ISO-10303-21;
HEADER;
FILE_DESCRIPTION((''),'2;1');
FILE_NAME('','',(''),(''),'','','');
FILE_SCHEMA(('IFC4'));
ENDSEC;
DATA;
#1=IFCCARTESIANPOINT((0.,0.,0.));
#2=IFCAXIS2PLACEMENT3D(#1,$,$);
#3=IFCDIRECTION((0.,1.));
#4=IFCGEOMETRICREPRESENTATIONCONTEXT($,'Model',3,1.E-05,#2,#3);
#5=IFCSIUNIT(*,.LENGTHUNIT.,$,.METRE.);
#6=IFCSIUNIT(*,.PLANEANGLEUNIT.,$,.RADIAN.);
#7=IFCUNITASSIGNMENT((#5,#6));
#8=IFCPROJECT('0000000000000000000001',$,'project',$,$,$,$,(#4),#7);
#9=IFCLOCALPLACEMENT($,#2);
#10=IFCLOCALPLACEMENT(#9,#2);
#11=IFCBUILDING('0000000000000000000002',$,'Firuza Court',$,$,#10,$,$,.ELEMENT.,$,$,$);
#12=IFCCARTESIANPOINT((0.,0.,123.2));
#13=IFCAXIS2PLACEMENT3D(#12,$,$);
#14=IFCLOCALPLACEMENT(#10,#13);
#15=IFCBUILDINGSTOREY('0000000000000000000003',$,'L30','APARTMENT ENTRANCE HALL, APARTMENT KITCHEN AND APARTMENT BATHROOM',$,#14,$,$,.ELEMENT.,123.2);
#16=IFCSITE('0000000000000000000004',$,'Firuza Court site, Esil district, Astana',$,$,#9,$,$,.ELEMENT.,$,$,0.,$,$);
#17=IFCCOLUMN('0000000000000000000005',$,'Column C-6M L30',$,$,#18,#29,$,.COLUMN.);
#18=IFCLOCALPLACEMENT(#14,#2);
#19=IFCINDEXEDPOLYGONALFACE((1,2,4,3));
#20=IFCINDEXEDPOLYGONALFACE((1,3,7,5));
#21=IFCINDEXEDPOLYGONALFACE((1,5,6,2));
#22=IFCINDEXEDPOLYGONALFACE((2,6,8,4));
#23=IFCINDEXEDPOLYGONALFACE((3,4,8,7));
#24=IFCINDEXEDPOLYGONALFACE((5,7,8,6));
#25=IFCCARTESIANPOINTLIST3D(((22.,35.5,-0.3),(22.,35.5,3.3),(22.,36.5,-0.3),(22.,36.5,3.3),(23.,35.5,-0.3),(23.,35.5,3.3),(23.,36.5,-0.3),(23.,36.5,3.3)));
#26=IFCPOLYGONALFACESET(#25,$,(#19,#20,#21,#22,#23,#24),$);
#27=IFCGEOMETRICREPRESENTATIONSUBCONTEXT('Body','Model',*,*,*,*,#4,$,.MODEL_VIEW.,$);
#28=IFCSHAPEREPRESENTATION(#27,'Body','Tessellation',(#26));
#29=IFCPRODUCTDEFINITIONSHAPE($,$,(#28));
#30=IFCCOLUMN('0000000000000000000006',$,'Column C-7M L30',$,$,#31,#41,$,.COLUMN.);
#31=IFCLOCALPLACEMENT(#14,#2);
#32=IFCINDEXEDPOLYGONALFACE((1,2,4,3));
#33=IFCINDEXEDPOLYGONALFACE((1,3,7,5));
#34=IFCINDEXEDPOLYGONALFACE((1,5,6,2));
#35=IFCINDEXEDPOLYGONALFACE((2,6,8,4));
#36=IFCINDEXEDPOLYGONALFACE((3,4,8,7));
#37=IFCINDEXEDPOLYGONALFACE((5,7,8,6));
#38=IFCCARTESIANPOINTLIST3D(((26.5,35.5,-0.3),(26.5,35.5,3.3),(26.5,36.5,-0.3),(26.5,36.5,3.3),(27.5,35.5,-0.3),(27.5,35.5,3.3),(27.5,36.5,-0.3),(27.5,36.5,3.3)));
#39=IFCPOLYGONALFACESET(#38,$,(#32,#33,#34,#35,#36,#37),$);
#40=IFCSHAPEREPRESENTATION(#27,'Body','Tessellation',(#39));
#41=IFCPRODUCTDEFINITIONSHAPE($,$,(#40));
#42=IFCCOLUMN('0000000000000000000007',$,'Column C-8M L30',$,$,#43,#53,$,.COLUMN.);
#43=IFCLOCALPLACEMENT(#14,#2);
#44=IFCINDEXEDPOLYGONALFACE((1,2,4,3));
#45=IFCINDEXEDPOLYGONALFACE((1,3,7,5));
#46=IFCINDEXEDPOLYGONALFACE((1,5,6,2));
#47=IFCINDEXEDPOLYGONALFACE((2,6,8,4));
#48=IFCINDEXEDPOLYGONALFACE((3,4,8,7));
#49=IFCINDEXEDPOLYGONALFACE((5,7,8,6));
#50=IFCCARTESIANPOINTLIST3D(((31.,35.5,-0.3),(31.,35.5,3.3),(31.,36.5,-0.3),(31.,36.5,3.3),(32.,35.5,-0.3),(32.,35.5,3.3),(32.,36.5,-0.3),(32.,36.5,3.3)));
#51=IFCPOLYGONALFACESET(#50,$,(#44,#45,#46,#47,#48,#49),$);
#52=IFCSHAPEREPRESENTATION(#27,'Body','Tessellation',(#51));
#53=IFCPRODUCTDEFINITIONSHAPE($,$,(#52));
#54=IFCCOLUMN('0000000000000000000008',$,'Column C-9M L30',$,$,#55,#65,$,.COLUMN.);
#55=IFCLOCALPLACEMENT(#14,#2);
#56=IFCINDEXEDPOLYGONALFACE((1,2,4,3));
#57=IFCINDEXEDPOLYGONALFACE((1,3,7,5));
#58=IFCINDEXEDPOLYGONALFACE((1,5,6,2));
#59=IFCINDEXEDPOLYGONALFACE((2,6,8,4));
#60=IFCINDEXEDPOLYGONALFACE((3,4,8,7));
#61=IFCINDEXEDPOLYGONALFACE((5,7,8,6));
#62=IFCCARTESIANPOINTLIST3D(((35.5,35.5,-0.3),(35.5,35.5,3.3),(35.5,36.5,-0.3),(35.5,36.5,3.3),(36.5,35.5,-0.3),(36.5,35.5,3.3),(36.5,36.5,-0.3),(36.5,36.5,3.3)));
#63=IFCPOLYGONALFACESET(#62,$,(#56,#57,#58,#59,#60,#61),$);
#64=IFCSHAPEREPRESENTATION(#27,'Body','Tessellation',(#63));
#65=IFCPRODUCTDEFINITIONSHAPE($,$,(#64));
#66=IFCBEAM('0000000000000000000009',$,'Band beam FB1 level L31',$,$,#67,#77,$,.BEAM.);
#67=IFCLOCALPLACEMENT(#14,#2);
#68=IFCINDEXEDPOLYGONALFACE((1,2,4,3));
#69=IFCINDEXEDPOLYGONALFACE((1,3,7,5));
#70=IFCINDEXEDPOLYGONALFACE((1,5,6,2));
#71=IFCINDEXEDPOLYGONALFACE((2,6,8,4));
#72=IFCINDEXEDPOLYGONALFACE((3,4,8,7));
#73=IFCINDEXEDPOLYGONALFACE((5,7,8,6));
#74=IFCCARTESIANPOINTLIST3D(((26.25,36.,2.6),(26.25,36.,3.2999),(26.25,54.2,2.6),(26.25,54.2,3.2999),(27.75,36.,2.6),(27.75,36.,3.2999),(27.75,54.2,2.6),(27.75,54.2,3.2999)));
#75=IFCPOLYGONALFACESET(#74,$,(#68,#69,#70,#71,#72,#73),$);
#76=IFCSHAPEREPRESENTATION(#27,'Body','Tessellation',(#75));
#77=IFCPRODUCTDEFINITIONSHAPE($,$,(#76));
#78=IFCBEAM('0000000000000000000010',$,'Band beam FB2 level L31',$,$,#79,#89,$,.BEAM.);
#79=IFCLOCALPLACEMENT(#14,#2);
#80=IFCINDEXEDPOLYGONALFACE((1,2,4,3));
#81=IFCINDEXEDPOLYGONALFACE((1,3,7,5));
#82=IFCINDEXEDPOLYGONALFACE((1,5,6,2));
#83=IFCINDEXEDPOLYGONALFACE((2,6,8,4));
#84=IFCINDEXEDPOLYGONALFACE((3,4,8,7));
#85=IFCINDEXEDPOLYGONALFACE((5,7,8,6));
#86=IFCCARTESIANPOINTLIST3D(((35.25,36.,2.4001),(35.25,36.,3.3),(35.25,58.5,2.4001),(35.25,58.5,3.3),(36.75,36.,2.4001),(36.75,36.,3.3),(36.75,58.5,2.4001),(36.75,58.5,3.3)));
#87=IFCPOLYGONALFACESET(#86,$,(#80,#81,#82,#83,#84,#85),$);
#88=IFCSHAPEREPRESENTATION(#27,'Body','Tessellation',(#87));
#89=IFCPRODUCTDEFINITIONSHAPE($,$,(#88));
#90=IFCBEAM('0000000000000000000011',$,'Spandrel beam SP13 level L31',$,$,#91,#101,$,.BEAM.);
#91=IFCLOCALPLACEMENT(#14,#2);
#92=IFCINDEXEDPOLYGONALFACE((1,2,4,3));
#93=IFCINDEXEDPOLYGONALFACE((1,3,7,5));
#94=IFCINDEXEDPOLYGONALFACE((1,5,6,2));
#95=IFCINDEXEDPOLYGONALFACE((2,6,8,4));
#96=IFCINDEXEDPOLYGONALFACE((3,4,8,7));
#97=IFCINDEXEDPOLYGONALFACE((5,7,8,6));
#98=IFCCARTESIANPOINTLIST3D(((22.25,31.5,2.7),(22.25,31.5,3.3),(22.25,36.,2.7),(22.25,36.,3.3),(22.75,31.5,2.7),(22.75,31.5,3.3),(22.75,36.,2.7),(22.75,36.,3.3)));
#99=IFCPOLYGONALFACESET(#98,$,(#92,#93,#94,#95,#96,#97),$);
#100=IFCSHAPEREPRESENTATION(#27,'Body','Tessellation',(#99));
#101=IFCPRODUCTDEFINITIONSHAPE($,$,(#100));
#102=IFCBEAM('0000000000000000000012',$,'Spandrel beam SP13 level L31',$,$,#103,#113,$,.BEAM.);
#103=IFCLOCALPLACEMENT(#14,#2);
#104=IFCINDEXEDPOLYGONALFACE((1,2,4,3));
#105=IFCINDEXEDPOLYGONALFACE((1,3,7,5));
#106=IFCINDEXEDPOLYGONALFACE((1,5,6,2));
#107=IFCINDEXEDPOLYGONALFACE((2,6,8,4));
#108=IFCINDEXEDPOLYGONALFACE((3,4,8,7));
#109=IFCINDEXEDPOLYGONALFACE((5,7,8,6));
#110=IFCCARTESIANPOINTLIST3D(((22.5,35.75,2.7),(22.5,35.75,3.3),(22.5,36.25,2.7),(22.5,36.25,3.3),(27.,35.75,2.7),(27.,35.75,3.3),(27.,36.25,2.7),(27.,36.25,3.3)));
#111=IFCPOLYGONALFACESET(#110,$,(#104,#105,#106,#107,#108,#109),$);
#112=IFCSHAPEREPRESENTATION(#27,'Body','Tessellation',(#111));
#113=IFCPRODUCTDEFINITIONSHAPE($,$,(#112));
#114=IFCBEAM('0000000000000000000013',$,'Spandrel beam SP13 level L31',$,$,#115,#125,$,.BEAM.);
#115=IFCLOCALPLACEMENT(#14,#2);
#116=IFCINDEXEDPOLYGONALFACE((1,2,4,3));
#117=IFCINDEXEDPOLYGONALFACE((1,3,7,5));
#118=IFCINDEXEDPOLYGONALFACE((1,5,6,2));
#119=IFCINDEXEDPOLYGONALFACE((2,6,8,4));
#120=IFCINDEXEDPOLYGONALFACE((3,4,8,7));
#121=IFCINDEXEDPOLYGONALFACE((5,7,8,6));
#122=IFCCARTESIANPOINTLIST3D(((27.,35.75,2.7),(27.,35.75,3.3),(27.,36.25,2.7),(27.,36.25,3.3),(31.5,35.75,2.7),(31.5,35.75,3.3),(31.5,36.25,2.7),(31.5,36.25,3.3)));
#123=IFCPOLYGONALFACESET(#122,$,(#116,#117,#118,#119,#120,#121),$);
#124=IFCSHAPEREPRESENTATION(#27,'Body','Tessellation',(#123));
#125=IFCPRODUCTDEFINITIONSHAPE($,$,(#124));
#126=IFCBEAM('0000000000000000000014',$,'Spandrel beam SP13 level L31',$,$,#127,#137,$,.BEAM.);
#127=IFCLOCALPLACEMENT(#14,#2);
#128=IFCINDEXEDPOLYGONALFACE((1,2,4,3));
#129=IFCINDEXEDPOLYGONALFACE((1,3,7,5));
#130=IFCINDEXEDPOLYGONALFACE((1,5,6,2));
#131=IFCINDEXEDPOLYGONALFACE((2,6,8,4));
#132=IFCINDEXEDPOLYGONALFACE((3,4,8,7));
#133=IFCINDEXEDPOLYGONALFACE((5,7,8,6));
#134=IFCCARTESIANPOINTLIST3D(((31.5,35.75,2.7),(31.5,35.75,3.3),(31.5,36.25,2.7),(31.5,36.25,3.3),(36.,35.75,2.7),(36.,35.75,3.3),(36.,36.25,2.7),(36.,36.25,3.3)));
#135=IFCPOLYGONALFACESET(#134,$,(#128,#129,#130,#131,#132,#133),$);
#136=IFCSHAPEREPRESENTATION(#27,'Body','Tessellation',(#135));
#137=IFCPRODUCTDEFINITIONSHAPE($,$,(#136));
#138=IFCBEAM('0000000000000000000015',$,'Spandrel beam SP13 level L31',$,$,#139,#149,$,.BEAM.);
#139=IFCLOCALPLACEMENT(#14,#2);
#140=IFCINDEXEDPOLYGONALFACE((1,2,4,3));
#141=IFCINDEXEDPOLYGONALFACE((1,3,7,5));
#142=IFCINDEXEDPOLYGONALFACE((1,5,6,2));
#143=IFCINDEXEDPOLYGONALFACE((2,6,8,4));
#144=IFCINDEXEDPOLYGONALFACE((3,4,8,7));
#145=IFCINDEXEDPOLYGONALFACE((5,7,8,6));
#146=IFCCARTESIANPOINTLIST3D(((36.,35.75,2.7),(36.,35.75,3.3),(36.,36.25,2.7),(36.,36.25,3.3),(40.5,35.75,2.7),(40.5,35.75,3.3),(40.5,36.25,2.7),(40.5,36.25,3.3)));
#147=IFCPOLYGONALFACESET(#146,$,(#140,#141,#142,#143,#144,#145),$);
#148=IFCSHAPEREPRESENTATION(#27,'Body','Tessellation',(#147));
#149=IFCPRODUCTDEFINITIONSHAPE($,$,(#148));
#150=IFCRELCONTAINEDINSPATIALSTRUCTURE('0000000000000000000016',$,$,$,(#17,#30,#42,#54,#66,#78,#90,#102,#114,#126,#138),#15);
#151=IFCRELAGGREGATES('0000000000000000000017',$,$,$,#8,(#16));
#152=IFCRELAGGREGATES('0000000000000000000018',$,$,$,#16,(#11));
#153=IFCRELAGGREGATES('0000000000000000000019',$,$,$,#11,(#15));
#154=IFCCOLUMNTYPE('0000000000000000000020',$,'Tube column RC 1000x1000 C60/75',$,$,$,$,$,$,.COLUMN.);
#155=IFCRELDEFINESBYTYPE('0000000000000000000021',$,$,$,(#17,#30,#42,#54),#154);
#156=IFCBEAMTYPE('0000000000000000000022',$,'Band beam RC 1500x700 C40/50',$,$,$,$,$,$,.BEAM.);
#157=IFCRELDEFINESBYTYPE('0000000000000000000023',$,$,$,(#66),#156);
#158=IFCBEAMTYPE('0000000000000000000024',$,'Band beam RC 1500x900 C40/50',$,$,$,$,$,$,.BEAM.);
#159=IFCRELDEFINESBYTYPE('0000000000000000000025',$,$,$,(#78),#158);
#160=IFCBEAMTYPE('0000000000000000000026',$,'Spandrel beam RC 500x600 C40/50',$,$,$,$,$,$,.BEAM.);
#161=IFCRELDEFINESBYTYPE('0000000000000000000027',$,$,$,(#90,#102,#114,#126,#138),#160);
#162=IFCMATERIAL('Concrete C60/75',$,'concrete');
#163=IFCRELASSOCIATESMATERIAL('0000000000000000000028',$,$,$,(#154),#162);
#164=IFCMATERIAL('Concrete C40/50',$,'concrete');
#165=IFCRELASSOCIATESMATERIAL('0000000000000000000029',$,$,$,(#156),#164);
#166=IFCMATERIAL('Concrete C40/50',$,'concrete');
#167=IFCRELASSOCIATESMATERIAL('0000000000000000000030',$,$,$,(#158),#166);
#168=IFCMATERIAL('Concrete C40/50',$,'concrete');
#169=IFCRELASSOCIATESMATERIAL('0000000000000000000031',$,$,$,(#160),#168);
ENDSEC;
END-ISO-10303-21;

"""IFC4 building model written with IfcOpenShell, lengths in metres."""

from ifc_helpers import new_model, si_unit, direction, frame, origin, origin_2d, place, context, subcontext, project, spatial, rectangle, extrude, material, material_profile, profile_set, type_object, element, save


model = new_model("IFC4")

# Units and contexts
model_context = context("Model", 3, precision=1e-05, world=origin(), true_north=direction((0.0, 1.0)))
body_context = subcontext(model_context, "Body", "Model", "MODEL_VIEW")
ifc_project = project(units=[si_unit("LENGTHUNIT", "METRE"), si_unit("PLANEANGLEUNIT", "RADIAN")], contexts=[model_context])

# Site, building, storey
site_placement = place(None, origin())
site = spatial("IfcSite", under=ifc_project, at=site_placement, Name="Firuza Court site, Esil district, Astana", CompositionType="ELEMENT", RefElevation=0.0)
building_placement = place(site_placement, origin())
building = spatial("IfcBuilding", under=site, at=building_placement, Name="Firuza Court", CompositionType="ELEMENT")
storey_placement = place(building_placement, frame((0.0, 0.0, 123.2)))
storey = spatial("IfcBuildingStorey", under=building, at=storey_placement, Name="L30", Description="APARTMENT ENTRANCE HALL, APARTMENT KITCHEN AND APARTMENT BATHROOM", CompositionType="ELEMENT", Elevation=123.2)

# Columns
ifc_material_1 = material(Name="Concrete C60/75", Category="concrete")
ifc_material_profile_1 = material_profile(ifc_material_1, rectangle(XDim=1.0, YDim=1.0, at=origin_2d()), Name="RC 1000x1000")
ifc_profile_set_1 = profile_set([ifc_material_profile_1], Name="Concrete C60/75")
column_type = type_object("IfcColumnType", Name="Tube column RC 1000x1000 C60/75", PredefinedType="COLUMN", material=ifc_profile_set_1)
for number, where, z_axis, x_axis, name in (
    (1, (22.5, 36.0, -0.3), (0.0, 0.0, 1.0), (1.0, 0.0, 0.0), "Column C-6M L30"),
    (2, (27.0, 36.0, -0.3), (0.0, 0.0, 1.0), (1.0, 0.0, 0.0), "Column C-7M L30"),
    (3, (31.5, 36.0, -0.3), (0.0, 0.0, 1.0), (1.0, 0.0, 0.0), "Column C-8M L30"),
    (4, (36.0, 36.0, -0.3), (0.0, 0.0, 1.0), (1.0, 0.0, 0.0), "Column C-9M L30"),
):
    element("IfcColumn", number, at=place(storey_placement, frame(where, z_axis=z_axis, x_axis=x_axis)), inside=storey, type_object=column_type, Name=name, PredefinedType="COLUMN", context=body_context, shape_type="SweptSolid", body=[
        extrude(rectangle(XDim=1.0, YDim=1.0, at=origin_2d()), origin(), (0.0, 0.0, 1.0), 3.6001),
    ])

# Beams
ifc_material_2 = material(Name="Concrete C40/50", Category="concrete")
ifc_material_profile_2 = material_profile(ifc_material_2, rectangle(XDim=1.5, YDim=0.7, at=origin_2d()), Name="RC 1500x700")
ifc_profile_set_2 = profile_set([ifc_material_profile_2], Name="Concrete C40/50")
beam_type_1 = type_object("IfcBeamType", Name="Band beam RC 1500x700 C40/50", PredefinedType="BEAM", material=ifc_profile_set_2)
beam_1_placement = place(storey_placement, frame((27.0, 36.0, 2.95), z_axis=(0.0, 1.0, 0.0), x_axis=(-1.0, 0.0, 0.0)))
element("IfcBeam", 5, at=beam_1_placement, inside=storey, type_object=beam_type_1, Name="Band beam FB1 level L31", PredefinedType="BEAM", context=body_context, shape_type="SweptSolid", body=[
    extrude(rectangle(XDim=1.5, YDim=0.7, at=origin_2d()), origin(), (0.0, 0.0, 1.0), 18.2),
])
ifc_material_3 = material(Name="Concrete C40/50", Category="concrete")
ifc_material_profile_3 = material_profile(ifc_material_3, rectangle(XDim=1.5, YDim=0.8999, at=origin_2d()), Name="RC 1500x900")
ifc_profile_set_3 = profile_set([ifc_material_profile_3], Name="Concrete C40/50")
beam_type_2 = type_object("IfcBeamType", Name="Band beam RC 1500x900 C40/50", PredefinedType="BEAM", material=ifc_profile_set_3)
beam_2_placement = place(storey_placement, frame((36.0, 36.0, 2.8501), z_axis=(0.0, 1.0, 0.0), x_axis=(-1.0, 0.0, 0.0)))
element("IfcBeam", 6, at=beam_2_placement, inside=storey, type_object=beam_type_2, Name="Band beam FB2 level L31", PredefinedType="BEAM", context=body_context, shape_type="SweptSolid", body=[
    extrude(rectangle(XDim=1.5, YDim=0.8999, at=origin_2d()), origin(), (0.0, 0.0, 1.0), 22.5),
])
ifc_material_4 = material(Name="Concrete C40/50", Category="concrete")
ifc_material_profile_4 = material_profile(ifc_material_4, rectangle(XDim=0.5, YDim=0.6001, at=origin_2d()), Name="RC 500x600")
ifc_profile_set_4 = profile_set([ifc_material_profile_4], Name="Concrete C40/50")
beam_type_3 = type_object("IfcBeamType", Name="Spandrel beam RC 500x600 C40/50", PredefinedType="BEAM", material=ifc_profile_set_4)
for number, where, z_axis, x_axis, name in (
    (7, (22.5, 31.5, 3.0), (0.0, 1.0, 0.0), (-1.0, 0.0, 0.0), "Spandrel beam SP13 level L31"),
    (8, (22.5, 36.0, 3.0), (1.0, 0.0, 0.0), (0.0, 1.0, 0.0), "Spandrel beam SP13 level L31"),
    (9, (27.0, 36.0, 3.0), (1.0, 0.0, 0.0), (0.0, 1.0, 0.0), "Spandrel beam SP13 level L31"),
    (10, (31.5, 36.0, 3.0), (1.0, 0.0, 0.0), (0.0, 1.0, 0.0), "Spandrel beam SP13 level L31"),
    (11, (36.0, 36.0, 3.0), (1.0, 0.0, 0.0), (0.0, 1.0, 0.0), "Spandrel beam SP13 level L31"),
):
    element("IfcBeam", number, at=place(storey_placement, frame(where, z_axis=z_axis, x_axis=x_axis)), inside=storey, type_object=beam_type_3, Name=name, PredefinedType="BEAM", context=body_context, shape_type="SweptSolid", body=[
        extrude(rectangle(XDim=0.5, YDim=0.6001, at=origin_2d()), origin(), (0.0, 0.0, 1.0), 4.5),
    ])

save(model, "model.ifc")
